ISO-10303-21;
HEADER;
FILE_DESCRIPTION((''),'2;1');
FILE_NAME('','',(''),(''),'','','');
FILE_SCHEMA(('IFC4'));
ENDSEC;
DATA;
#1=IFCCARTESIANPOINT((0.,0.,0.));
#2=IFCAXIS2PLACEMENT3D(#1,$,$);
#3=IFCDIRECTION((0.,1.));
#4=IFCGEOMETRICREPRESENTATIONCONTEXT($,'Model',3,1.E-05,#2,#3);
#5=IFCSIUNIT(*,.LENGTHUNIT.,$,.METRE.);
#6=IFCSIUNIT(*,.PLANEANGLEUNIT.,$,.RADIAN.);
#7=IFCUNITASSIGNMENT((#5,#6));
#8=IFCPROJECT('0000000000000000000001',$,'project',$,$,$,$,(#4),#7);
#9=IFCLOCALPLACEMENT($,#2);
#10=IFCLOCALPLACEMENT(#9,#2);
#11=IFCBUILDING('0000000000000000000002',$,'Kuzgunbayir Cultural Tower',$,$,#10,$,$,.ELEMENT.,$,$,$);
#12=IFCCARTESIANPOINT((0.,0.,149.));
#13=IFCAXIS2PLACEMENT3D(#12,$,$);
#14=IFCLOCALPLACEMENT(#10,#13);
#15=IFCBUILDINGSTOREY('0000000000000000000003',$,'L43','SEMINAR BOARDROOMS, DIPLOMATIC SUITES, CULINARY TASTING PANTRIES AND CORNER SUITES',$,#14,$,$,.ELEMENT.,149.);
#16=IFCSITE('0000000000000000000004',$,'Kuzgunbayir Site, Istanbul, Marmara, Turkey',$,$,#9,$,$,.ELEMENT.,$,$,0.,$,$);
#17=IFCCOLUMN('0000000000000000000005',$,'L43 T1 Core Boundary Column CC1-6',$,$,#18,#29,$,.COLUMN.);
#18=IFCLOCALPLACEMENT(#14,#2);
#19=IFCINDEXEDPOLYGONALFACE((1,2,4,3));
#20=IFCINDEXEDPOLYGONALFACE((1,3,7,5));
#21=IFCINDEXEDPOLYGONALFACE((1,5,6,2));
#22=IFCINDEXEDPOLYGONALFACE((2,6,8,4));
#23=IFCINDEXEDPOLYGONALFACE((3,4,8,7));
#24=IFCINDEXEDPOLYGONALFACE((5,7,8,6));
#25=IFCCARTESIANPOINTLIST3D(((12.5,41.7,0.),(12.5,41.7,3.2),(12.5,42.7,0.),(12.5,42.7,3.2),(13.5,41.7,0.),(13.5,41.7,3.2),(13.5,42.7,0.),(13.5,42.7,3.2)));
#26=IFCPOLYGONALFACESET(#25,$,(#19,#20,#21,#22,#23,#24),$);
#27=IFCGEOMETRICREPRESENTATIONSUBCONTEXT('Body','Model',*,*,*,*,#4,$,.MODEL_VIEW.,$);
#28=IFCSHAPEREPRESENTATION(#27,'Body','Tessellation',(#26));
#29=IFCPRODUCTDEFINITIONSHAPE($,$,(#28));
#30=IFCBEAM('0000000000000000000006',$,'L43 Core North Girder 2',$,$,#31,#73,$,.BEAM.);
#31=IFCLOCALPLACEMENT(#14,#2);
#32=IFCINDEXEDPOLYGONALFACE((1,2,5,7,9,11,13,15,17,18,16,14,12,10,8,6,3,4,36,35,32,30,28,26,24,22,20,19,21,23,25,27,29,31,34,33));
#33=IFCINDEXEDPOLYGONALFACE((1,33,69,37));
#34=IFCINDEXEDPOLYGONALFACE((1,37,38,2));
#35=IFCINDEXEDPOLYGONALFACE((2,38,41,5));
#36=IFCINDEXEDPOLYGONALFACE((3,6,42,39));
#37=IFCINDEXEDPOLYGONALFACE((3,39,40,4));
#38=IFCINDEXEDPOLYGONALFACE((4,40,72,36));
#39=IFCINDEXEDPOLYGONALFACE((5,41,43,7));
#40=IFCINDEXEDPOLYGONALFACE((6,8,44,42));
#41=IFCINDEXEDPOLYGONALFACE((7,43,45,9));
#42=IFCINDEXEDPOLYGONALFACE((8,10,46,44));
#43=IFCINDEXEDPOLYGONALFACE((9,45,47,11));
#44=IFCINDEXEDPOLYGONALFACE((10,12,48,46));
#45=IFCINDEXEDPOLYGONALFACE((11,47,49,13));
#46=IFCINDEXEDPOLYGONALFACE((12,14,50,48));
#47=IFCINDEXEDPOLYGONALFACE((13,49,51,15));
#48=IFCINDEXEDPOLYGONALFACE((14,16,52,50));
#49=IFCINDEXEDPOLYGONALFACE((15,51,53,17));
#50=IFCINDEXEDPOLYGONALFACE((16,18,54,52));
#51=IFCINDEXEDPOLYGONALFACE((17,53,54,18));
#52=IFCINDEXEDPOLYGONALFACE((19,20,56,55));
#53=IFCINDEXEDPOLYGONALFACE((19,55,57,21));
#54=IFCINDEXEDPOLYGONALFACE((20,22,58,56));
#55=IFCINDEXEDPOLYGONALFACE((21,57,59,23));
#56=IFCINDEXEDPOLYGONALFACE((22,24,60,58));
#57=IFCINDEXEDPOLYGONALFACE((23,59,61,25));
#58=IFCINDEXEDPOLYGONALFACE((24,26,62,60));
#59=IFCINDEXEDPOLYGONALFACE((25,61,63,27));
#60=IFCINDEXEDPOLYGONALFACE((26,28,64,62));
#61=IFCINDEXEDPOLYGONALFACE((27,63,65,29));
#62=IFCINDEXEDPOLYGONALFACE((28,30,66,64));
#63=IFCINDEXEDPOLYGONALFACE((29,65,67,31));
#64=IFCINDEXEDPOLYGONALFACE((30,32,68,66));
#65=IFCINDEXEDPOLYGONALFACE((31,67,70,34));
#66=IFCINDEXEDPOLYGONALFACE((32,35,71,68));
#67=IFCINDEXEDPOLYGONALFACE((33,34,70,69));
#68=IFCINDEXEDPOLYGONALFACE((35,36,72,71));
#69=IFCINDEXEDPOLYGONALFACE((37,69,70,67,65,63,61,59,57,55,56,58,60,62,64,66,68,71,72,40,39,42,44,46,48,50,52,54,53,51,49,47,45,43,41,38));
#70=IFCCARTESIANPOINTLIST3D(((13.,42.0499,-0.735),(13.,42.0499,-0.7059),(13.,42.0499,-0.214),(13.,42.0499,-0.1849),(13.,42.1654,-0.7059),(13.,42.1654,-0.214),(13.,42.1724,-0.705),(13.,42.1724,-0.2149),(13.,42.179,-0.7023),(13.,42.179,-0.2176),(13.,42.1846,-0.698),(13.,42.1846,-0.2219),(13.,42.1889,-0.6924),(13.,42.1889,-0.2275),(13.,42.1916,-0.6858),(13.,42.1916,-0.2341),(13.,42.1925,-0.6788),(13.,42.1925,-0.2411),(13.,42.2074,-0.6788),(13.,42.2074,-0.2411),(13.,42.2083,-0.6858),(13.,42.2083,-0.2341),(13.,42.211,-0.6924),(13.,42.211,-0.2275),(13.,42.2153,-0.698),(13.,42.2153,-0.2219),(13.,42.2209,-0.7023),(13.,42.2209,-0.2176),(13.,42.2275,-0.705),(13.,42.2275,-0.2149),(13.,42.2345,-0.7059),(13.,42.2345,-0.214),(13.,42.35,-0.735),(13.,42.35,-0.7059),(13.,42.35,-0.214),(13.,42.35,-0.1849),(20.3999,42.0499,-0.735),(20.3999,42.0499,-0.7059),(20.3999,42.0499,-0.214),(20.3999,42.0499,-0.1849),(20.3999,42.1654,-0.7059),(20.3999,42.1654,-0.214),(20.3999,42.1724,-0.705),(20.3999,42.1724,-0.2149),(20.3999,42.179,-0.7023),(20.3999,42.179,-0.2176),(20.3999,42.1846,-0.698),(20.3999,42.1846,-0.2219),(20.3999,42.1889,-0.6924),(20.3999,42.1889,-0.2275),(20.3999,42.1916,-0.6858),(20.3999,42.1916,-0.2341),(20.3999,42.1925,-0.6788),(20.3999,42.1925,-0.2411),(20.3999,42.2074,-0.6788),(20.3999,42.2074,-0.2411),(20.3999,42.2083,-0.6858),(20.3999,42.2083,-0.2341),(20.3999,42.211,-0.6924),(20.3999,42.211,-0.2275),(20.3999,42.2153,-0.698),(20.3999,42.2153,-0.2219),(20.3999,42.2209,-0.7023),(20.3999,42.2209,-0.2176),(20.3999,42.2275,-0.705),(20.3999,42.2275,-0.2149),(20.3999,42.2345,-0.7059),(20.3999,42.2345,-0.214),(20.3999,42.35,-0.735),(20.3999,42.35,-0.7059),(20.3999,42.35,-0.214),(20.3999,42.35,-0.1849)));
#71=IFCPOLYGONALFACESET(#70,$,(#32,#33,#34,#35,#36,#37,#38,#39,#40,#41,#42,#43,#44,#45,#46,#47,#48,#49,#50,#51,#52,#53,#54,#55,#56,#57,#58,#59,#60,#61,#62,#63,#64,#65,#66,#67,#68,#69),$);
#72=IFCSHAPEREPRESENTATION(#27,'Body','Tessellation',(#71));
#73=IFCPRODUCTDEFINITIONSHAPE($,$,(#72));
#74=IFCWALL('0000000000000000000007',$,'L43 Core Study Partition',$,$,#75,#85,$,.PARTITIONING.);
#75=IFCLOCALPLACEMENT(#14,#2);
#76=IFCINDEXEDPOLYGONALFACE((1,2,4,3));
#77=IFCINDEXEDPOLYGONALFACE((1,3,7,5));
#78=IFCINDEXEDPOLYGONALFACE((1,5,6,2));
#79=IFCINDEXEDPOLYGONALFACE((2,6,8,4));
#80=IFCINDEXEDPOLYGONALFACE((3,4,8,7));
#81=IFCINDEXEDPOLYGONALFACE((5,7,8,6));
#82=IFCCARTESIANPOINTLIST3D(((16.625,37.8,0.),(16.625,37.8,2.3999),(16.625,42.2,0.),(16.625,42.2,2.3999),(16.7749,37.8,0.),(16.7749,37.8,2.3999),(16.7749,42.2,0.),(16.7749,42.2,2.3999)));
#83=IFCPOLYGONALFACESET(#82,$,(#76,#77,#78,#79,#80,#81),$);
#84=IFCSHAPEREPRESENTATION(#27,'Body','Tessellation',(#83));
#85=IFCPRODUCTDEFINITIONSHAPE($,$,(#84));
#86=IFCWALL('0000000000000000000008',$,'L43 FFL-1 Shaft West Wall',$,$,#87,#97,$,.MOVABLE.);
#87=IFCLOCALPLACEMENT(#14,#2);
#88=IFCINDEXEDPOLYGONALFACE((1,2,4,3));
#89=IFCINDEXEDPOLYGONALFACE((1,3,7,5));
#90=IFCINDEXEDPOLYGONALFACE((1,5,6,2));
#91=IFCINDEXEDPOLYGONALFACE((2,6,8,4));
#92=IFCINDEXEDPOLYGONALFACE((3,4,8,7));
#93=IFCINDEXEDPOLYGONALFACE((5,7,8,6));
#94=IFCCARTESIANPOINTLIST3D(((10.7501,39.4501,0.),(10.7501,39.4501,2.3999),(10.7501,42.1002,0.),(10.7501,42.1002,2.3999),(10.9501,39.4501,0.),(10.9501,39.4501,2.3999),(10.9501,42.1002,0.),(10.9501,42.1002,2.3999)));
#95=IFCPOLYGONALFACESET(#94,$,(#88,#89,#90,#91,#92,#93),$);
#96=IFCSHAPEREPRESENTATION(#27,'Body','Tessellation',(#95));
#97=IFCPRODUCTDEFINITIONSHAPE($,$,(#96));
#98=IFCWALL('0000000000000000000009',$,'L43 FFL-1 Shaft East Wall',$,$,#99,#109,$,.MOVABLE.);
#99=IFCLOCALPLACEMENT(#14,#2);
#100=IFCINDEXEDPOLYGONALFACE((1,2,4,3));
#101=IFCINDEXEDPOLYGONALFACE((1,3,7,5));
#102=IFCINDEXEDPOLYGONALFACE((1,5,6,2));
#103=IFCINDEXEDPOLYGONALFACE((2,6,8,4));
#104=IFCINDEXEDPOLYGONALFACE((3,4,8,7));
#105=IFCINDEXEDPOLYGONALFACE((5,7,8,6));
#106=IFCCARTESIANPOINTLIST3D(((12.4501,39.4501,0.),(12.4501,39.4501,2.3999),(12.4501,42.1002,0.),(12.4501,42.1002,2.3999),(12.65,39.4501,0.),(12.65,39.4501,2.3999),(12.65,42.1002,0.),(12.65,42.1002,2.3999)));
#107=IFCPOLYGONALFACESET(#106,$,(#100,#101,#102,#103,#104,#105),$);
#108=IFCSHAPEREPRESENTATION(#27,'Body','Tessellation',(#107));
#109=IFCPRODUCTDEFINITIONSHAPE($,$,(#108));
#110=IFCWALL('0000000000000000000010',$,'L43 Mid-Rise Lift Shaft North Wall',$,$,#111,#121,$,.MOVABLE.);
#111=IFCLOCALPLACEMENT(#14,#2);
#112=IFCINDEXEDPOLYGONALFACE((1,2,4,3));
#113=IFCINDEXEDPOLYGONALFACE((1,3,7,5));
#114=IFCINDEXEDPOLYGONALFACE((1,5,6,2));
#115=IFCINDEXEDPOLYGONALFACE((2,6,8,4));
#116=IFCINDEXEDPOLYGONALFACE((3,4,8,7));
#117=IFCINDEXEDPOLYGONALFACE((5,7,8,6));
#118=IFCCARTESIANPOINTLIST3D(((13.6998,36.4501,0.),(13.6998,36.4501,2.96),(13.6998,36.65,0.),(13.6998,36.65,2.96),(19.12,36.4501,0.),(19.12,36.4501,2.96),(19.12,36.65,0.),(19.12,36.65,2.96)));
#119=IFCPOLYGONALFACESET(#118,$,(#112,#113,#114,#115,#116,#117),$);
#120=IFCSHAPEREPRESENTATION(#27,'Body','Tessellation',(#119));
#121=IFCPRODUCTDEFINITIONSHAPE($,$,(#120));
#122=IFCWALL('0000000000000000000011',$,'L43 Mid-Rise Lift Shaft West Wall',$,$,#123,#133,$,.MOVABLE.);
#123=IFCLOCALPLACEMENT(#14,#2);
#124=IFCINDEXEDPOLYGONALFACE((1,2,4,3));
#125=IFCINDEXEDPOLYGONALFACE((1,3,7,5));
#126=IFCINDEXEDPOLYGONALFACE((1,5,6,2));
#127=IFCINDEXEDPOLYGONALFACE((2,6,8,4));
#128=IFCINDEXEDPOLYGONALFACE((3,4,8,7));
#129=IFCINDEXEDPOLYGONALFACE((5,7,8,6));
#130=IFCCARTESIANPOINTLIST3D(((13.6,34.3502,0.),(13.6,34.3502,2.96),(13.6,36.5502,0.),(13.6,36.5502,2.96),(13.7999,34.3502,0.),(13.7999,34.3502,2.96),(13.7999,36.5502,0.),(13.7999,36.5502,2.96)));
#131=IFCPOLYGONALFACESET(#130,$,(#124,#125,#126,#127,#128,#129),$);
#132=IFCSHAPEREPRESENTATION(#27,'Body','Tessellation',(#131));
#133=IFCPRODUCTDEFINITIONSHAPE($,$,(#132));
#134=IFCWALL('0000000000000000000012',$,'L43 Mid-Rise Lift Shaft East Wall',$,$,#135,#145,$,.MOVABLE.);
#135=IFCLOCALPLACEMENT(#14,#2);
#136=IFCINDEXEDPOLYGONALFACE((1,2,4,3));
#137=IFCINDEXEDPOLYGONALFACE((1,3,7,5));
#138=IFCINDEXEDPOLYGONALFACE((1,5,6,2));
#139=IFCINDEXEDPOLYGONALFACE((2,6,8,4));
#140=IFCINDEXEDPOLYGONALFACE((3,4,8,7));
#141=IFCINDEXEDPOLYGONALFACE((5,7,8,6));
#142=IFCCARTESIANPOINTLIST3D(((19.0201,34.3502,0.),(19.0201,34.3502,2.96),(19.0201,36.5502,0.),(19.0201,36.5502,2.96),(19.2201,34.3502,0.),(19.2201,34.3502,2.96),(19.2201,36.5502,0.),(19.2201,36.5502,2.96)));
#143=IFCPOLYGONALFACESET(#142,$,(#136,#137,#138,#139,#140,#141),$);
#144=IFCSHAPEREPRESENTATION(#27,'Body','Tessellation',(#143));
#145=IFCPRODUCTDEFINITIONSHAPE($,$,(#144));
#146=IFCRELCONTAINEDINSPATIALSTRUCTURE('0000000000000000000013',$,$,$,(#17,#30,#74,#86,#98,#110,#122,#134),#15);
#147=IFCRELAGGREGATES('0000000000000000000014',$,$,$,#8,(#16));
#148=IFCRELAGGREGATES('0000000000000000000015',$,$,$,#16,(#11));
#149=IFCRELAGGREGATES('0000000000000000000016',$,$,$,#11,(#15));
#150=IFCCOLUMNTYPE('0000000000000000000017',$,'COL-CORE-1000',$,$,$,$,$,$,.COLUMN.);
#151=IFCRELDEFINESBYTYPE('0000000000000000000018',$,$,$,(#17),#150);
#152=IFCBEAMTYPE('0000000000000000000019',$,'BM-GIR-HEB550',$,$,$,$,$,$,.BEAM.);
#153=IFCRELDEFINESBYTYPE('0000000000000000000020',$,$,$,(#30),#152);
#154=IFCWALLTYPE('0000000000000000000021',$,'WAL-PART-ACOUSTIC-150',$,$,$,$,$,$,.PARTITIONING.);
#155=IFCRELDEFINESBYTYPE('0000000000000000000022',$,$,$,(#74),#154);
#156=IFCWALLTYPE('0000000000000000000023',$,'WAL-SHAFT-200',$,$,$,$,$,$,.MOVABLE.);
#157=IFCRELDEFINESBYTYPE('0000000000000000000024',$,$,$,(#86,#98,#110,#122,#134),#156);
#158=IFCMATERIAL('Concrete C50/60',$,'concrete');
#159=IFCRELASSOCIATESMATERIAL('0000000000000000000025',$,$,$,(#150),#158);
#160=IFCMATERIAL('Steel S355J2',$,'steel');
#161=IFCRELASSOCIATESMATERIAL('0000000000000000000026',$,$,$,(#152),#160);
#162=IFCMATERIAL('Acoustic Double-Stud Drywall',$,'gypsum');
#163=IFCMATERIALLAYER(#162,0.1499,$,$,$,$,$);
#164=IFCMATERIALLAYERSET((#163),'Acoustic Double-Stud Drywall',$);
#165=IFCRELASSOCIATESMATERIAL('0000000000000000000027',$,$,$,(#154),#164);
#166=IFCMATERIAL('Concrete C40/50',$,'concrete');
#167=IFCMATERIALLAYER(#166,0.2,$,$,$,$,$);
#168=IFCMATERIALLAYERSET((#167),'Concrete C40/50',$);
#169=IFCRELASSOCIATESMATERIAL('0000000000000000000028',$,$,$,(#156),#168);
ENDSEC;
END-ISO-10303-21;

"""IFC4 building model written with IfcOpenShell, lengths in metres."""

from ifc_helpers import new_model, si_unit, direction, frame, frame_2d, origin, origin_2d, place, context, subcontext, project, spatial, rectangle, i_section, extrude, material, layer, layer_set, material_profile, profile_set, type_object, element, save


model = new_model("IFC4")

# Units and contexts
model_context = context("Model", 3, precision=1e-05, world=origin(), true_north=direction((0.0, 1.0)))
body_context = subcontext(model_context, "Body", "Model", "MODEL_VIEW")
ifc_project = project(units=[si_unit("LENGTHUNIT", "METRE"), si_unit("PLANEANGLEUNIT", "RADIAN")], contexts=[model_context])

# Site, building, storey
site_placement = place(None, origin())
site = spatial("IfcSite", under=ifc_project, at=site_placement, Name="Kuzgunbayir Site, Istanbul, Marmara, Turkey", CompositionType="ELEMENT", RefElevation=0.0)
building_placement = place(site_placement, origin())
building = spatial("IfcBuilding", under=site, at=building_placement, Name="Kuzgunbayir Cultural Tower", CompositionType="ELEMENT")
storey_placement = place(building_placement, frame((0.0, 0.0, 149.0)))
storey = spatial("IfcBuildingStorey", under=building, at=storey_placement, Name="L43", Description="SEMINAR BOARDROOMS, DIPLOMATIC SUITES, CULINARY TASTING PANTRIES AND CORNER SUITES", CompositionType="ELEMENT", Elevation=149.0)

# Column
ifc_material_1 = material(Name="Concrete C50/60", Category="concrete")
ifc_material_profile_1 = material_profile(ifc_material_1, rectangle(XDim=1.0, YDim=1.0, at=origin_2d()), Name="RC 1000x1000")
ifc_profile_set_1 = profile_set([ifc_material_profile_1], Name="Concrete C50/60")
column_type = type_object("IfcColumnType", Name="COL-CORE-1000", PredefinedType="COLUMN", material=ifc_profile_set_1)
column_placement = place(storey_placement, frame((13.0, 42.2, 0.0), z_axis=(0.0, 0.0, 1.0), x_axis=(1.0, 0.0, 0.0)))
element("IfcColumn", 1, at=column_placement, inside=storey, type_object=column_type, Name="L43 T1 Core Boundary Column CC1-6", PredefinedType="COLUMN", context=body_context, shape_type="SweptSolid", body=[
    extrude(rectangle(XDim=1.0, YDim=1.0, at=origin_2d()), origin(), (0.0, 0.0, 1.0), 3.2),
])

# Beam
ifc_material_2 = material(Name="Steel S355J2", Category="steel")
ifc_material_profile_2 = material_profile(ifc_material_2, i_section(OverallWidth=0.3, OverallDepth=0.55, WebThickness=0.0149, FlangeThickness=0.0291, FilletRadius=0.0271, at=origin_2d()), Name="HEB 550")
ifc_profile_set_2 = profile_set([ifc_material_profile_2], Name="Steel S355J2")
beam_type = type_object("IfcBeamType", Name="BM-GIR-HEB550", PredefinedType="BEAM", material=ifc_profile_set_2)
beam_placement = place(storey_placement, frame((13.0, 42.2, -0.46), z_axis=(1.0, 0.0, 0.0), x_axis=(0.0, 1.0, 0.0)))
element("IfcBeam", 2, at=beam_placement, inside=storey, type_object=beam_type, Name="L43 Core North Girder 2", PredefinedType="BEAM", context=body_context, shape_type="SweptSolid", body=[
    extrude(i_section(OverallWidth=0.3, OverallDepth=0.55, WebThickness=0.0149, FlangeThickness=0.0291, FilletRadius=0.0271, at=origin_2d()), origin(), (0.0, 0.0, 1.0), 7.3999),
])

# Shared definitions
ifc_material_3 = material(Name="Acoustic Double-Stud Drywall", Category="gypsum")
ifc_layer_1 = layer(ifc_material_3, 0.1499)
ifc_layer_set_1 = layer_set([ifc_layer_1], Name="Acoustic Double-Stud Drywall")
wall_type_1 = type_object("IfcWallType", Name="WAL-PART-ACOUSTIC-150", PredefinedType="PARTITIONING", material=ifc_layer_set_1)

# Wall
wall_1_placement = place(storey_placement, frame((16.7, 37.8, 0.0), z_axis=(0.0, 0.0, 1.0), x_axis=(0.0, 1.0, 0.0)))
element("IfcWall", 3, at=wall_1_placement, inside=storey, type_object=wall_type_1, Name="L43 Core Study Partition", PredefinedType="PARTITIONING", context=body_context, shape_type="SweptSolid", body=[
    extrude(rectangle(XDim=4.3999, YDim=0.1499, at=frame_2d((2.2, 0.0))), origin(), (0.0, 0.0, 1.0), 2.3999),
])

# Shared definitions
ifc_material_4 = material(Name="Concrete C40/50", Category="concrete")
ifc_layer_2 = layer(ifc_material_4, 0.2)
ifc_layer_set_2 = layer_set([ifc_layer_2], Name="Concrete C40/50")
wall_type_2 = type_object("IfcWallType", Name="WAL-SHAFT-200", PredefinedType="MOVABLE", material=ifc_layer_set_2)

# Walls
for number, where, z_axis, x_axis, name in (
    (4, (10.8501, 39.45, 0.0), (0.0, 0.0, 1.0), (0.0, 1.0, 0.0), "L43 FFL-1 Shaft West Wall"),
    (5, (12.55, 39.45, 0.0), (0.0, 0.0, 1.0), (0.0, 1.0, 0.0), "L43 FFL-1 Shaft East Wall"),
):
    element("IfcWall", number, at=place(storey_placement, frame(where, z_axis=z_axis, x_axis=x_axis)), inside=storey, type_object=wall_type_2, Name=name, PredefinedType="MOVABLE", context=body_context, shape_type="SweptSolid", body=[
        extrude(rectangle(XDim=2.6501, YDim=0.2, at=frame_2d((1.3252, 0.0))), origin(), (0.0, 0.0, 1.0), 2.3999),
    ])
wall_2_placement = place(storey_placement, frame((13.7, 36.55, 0.0), z_axis=(0.0, 0.0, 1.0), x_axis=(1.0, 0.0, 0.0)))
element("IfcWall", 6, at=wall_2_placement, inside=storey, type_object=wall_type_2, Name="L43 Mid-Rise Lift Shaft North Wall", PredefinedType="MOVABLE", context=body_context, shape_type="SweptSolid", body=[
    extrude(rectangle(XDim=5.4202, YDim=0.2, at=frame_2d((2.71, 0.0))), origin(), (0.0, 0.0, 1.0), 2.96),
])
for number, where, z_axis, x_axis, name in (
    (7, (13.7, 34.3501, 0.0), (0.0, 0.0, 1.0), (0.0, 1.0, 0.0), "L43 Mid-Rise Lift Shaft West Wall"),
    (8, (19.1201, 34.3501, 0.0), (0.0, 0.0, 1.0), (0.0, 1.0, 0.0), "L43 Mid-Rise Lift Shaft East Wall"),
):
    element("IfcWall", number, at=place(storey_placement, frame(where, z_axis=z_axis, x_axis=x_axis)), inside=storey, type_object=wall_type_2, Name=name, PredefinedType="MOVABLE", context=body_context, shape_type="SweptSolid", body=[
        extrude(rectangle(XDim=2.2, YDim=0.2, at=frame_2d((1.1001, 0.0))), origin(), (0.0, 0.0, 1.0), 2.96),
    ])

save(model, "model.ifc")
